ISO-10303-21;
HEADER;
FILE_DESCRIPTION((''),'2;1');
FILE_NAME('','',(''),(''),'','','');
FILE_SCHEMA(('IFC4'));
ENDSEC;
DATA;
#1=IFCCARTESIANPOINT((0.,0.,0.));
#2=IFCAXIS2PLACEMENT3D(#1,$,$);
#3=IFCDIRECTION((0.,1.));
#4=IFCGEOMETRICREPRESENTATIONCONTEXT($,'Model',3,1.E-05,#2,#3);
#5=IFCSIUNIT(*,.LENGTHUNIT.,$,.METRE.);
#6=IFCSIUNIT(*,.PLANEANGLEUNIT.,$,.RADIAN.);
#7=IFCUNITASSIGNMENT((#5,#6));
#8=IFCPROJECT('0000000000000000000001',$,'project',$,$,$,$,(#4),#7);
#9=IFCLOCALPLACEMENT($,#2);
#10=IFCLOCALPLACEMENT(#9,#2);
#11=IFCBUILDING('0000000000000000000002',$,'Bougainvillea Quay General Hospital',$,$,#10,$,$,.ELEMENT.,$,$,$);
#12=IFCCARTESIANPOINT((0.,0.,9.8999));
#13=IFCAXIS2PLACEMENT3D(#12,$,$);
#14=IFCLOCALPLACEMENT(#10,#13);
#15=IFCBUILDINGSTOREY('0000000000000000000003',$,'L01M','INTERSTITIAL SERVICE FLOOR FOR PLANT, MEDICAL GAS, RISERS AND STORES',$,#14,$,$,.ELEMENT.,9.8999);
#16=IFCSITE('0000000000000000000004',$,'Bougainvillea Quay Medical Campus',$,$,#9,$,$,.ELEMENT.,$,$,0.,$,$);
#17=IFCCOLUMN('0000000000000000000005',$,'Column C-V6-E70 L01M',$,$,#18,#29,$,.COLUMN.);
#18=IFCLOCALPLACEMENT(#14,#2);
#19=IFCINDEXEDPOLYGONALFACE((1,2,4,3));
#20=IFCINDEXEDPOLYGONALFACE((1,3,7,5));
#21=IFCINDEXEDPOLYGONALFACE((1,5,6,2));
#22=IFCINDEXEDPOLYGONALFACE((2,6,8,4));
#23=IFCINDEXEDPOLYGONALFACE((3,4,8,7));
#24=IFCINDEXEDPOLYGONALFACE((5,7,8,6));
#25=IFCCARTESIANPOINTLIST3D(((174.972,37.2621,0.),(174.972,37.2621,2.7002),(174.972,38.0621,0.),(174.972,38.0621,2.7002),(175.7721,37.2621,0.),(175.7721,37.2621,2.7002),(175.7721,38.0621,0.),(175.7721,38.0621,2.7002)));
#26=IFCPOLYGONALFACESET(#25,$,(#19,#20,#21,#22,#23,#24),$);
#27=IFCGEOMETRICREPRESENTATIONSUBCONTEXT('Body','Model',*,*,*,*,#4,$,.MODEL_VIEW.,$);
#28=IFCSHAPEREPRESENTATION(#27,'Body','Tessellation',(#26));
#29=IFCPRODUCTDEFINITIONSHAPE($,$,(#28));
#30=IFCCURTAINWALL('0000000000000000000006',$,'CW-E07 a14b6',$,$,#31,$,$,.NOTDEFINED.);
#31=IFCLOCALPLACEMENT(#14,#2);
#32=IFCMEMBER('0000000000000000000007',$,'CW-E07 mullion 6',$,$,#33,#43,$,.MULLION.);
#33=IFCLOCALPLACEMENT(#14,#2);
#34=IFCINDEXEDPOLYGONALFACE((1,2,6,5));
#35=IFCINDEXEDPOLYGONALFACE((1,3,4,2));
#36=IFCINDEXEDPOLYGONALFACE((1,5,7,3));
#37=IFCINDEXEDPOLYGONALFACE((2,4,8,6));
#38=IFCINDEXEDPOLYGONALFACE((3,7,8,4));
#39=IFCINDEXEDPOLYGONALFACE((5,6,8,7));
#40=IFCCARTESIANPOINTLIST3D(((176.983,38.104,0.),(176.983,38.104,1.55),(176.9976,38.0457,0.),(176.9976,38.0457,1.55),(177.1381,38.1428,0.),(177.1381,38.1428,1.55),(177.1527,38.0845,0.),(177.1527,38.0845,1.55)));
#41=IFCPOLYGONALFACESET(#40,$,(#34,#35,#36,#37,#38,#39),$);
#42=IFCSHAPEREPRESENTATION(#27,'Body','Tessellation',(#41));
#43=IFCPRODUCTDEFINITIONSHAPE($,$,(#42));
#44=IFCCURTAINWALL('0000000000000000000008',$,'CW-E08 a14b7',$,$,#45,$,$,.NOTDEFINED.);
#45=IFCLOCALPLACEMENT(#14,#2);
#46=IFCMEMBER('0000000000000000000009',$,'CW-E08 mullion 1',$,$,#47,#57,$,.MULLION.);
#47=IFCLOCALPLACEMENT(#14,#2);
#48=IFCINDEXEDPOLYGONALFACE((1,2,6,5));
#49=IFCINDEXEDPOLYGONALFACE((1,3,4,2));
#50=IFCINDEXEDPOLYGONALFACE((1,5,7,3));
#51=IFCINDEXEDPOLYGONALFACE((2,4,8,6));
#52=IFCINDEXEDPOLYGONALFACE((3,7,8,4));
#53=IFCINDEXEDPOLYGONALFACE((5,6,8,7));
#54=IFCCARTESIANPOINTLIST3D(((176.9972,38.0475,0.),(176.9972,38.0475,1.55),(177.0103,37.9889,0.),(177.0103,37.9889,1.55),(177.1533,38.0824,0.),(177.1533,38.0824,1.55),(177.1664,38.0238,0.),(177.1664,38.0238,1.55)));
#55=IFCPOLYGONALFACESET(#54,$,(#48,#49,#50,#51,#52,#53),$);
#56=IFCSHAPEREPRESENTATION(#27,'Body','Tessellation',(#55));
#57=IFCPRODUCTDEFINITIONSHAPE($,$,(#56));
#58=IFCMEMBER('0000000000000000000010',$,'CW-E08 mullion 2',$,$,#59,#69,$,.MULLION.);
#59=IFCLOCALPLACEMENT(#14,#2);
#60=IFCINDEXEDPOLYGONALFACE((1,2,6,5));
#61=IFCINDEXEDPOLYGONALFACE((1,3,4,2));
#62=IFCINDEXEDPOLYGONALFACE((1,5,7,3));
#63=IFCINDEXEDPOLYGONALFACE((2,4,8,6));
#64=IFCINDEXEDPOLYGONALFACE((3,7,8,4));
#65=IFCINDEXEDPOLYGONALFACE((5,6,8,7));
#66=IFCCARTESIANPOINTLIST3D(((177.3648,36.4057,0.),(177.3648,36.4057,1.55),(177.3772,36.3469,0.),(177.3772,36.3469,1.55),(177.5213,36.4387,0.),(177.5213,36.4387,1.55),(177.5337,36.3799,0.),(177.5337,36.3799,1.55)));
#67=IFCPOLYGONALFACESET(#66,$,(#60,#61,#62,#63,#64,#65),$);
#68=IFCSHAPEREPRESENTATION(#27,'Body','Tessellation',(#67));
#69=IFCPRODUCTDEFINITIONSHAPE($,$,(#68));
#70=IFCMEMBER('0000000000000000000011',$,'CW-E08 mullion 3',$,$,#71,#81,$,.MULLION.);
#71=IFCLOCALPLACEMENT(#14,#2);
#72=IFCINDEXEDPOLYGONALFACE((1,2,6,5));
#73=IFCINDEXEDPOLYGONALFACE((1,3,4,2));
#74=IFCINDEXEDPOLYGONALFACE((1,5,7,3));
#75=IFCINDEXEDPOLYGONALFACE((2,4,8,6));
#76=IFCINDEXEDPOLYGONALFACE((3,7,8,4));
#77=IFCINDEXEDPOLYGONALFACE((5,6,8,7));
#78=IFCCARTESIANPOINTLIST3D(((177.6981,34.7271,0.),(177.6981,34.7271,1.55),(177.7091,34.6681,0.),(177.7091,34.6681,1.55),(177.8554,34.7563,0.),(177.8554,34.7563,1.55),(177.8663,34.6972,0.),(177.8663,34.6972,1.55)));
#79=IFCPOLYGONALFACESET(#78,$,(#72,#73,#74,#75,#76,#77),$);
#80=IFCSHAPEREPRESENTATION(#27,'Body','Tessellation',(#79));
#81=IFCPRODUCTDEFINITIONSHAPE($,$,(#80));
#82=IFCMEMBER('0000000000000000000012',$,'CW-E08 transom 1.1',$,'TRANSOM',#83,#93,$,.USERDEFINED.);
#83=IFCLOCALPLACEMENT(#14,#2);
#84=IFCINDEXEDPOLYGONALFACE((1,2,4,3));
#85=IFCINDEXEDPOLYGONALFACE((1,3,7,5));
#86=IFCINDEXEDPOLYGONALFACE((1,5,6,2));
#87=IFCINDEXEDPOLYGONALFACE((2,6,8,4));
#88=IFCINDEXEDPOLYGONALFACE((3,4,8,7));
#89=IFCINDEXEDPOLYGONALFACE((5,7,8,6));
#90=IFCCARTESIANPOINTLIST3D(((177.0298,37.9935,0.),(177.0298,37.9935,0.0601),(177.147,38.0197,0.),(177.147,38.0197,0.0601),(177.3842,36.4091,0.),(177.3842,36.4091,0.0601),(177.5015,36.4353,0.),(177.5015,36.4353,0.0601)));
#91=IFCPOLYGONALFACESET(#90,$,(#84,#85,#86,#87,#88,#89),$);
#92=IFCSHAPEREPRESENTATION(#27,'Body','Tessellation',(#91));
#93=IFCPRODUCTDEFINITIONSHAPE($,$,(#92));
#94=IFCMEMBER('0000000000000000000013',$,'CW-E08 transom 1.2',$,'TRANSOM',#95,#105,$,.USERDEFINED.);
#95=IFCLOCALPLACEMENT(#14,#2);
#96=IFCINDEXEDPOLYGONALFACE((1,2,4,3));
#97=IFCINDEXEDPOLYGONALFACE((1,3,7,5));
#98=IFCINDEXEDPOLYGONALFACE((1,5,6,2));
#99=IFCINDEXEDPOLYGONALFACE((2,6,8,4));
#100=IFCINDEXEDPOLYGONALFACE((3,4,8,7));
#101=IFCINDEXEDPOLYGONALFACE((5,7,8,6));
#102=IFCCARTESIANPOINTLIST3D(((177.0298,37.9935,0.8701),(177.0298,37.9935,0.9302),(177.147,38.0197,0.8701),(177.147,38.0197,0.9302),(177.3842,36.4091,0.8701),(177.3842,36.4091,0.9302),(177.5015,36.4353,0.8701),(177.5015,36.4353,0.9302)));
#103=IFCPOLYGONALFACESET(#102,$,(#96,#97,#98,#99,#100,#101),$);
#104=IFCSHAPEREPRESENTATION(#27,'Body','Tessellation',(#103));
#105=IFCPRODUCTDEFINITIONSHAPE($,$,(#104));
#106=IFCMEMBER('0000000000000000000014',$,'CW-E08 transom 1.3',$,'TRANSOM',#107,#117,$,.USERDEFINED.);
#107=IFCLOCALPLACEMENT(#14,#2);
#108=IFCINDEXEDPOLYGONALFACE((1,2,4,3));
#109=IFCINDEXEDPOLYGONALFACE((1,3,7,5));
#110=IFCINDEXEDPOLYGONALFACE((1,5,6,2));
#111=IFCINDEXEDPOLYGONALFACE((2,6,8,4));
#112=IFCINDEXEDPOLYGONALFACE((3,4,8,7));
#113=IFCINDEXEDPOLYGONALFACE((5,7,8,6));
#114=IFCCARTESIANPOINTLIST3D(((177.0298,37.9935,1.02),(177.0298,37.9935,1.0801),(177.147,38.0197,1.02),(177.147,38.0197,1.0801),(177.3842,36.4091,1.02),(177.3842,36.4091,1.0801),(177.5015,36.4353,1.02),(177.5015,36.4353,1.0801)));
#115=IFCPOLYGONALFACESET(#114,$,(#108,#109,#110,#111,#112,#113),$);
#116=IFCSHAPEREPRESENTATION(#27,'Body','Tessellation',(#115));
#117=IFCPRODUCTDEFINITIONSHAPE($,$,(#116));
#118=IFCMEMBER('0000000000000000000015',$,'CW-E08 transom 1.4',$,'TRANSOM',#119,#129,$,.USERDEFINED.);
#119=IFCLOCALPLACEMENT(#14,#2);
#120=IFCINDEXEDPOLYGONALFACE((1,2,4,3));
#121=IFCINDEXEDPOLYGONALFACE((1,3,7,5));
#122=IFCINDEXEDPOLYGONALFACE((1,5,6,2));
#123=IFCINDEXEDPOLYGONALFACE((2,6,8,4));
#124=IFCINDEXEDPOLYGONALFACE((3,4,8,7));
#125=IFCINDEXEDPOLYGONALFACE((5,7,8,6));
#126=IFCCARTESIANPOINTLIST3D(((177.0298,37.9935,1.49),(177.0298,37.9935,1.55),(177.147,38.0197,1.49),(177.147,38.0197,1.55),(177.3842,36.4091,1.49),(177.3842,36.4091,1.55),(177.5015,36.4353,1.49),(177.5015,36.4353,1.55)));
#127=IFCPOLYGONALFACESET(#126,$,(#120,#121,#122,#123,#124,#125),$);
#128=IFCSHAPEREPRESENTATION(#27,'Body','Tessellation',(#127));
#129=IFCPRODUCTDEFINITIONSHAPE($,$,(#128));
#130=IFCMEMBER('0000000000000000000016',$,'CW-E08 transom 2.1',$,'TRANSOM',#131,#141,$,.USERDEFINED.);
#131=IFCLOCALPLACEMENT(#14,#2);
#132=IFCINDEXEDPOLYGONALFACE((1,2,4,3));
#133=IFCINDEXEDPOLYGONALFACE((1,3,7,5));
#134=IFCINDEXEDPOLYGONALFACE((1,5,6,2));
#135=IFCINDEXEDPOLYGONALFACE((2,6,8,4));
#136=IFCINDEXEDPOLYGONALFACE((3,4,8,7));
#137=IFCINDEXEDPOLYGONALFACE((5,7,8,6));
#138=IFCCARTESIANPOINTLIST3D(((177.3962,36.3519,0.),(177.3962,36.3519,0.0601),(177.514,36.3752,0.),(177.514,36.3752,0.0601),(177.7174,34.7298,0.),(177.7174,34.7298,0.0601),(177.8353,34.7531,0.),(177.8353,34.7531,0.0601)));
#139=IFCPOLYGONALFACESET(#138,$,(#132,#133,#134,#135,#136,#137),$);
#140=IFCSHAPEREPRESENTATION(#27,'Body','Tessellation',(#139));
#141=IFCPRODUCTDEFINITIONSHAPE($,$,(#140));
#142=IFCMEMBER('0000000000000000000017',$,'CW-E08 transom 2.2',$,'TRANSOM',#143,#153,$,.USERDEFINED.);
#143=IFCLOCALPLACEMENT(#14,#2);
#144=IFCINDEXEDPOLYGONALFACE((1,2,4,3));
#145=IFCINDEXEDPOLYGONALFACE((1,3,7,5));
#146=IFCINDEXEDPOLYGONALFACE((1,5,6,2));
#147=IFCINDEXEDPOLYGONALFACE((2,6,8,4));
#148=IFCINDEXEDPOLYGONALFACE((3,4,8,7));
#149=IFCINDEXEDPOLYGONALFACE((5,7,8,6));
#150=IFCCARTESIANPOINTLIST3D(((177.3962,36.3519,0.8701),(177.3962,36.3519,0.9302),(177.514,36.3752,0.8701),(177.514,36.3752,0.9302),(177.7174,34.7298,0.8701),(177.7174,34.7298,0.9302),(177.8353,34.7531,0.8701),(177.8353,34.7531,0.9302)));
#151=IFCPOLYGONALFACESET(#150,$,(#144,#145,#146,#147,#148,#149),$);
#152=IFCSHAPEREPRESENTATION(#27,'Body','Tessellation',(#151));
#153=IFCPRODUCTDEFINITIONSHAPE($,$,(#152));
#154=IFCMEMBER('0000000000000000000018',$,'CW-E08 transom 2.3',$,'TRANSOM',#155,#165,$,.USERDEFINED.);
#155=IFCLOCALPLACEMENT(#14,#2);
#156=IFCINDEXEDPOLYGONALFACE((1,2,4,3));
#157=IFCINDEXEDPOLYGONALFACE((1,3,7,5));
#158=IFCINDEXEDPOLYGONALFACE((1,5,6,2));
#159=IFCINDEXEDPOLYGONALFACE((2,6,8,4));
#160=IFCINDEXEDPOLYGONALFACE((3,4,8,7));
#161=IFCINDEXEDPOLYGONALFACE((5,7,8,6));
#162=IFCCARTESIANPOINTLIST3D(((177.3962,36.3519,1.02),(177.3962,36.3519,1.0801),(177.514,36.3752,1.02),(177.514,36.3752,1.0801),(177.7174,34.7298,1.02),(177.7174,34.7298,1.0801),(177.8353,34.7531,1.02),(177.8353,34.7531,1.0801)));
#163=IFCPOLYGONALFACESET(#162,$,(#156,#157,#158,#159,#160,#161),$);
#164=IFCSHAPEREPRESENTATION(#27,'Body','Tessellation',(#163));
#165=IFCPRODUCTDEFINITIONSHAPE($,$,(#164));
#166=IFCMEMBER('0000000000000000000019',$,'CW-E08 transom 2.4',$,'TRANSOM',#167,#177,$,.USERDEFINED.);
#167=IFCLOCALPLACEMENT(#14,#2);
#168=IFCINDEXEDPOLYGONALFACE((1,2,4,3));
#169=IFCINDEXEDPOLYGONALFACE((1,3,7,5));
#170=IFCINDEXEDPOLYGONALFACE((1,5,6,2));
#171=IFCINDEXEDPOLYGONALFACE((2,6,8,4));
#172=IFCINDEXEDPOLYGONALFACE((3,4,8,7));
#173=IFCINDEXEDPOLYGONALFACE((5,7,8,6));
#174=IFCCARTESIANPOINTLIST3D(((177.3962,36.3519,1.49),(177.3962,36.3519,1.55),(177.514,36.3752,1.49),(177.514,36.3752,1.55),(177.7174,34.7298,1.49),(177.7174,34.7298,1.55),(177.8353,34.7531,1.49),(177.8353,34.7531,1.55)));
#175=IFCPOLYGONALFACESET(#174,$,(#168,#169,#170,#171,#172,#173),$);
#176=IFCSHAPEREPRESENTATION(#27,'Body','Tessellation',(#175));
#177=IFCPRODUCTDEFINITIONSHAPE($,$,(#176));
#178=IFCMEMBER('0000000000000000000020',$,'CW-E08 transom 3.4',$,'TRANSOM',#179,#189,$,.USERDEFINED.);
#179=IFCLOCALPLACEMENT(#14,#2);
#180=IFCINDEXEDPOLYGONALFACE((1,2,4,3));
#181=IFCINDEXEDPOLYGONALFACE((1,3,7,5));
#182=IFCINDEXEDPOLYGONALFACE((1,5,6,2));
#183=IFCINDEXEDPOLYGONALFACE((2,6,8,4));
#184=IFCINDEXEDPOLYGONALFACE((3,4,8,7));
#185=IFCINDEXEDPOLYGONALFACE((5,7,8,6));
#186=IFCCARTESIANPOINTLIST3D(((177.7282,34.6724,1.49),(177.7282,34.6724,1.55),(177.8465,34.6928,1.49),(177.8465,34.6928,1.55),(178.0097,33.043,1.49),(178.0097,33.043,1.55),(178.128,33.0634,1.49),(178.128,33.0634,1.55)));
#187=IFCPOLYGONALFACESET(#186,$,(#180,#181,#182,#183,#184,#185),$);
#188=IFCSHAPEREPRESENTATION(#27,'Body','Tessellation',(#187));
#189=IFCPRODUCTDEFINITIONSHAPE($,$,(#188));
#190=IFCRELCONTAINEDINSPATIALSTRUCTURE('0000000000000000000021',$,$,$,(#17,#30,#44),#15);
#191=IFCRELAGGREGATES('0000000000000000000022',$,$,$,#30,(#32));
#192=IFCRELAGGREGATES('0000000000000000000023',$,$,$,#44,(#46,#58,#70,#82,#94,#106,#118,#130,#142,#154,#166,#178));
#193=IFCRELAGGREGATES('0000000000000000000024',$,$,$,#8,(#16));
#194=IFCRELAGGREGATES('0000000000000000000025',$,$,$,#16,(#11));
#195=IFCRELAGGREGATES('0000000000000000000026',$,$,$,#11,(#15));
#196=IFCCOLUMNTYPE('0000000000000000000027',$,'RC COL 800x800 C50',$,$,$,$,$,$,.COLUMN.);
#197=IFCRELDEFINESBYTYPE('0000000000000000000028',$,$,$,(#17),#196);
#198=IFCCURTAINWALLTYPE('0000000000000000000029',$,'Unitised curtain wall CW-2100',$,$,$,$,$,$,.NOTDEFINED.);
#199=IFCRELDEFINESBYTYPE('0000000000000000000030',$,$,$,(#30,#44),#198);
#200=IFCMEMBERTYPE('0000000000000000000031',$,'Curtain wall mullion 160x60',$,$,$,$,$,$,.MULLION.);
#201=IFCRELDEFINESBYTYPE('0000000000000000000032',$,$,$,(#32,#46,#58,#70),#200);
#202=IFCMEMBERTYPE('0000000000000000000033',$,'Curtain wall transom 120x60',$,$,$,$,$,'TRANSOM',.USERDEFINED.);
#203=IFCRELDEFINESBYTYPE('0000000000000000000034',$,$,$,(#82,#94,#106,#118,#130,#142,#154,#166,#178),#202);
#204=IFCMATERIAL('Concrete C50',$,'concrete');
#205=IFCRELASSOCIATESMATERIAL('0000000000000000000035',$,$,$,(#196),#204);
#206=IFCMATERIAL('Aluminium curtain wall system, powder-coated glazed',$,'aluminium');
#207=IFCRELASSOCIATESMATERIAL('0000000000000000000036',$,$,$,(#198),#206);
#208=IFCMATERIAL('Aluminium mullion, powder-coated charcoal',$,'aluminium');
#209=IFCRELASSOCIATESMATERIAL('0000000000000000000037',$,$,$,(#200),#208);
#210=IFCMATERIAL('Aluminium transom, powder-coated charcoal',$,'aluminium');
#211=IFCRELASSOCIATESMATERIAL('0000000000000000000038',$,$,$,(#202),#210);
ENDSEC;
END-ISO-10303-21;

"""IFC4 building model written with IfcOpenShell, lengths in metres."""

from ifc_helpers import new_model, si_unit, direction, frame, origin, origin_2d, place, context, subcontext, project, spatial, rectangle, extrude, material, material_profile, profile_set, type_object, element, aggregate, save


model = new_model("IFC4")

# Units and contexts
model_context = context("Model", 3, precision=1e-05, world=origin(), true_north=direction((0.0, 1.0)))
body_context = subcontext(model_context, "Body", "Model", "MODEL_VIEW")
ifc_project = project(units=[si_unit("LENGTHUNIT", "METRE"), si_unit("PLANEANGLEUNIT", "RADIAN")], contexts=[model_context])

# Site, building, storey
site_placement = place(None, origin())
site = spatial("IfcSite", under=ifc_project, at=site_placement, Name="Bougainvillea Quay Medical Campus", CompositionType="ELEMENT", RefElevation=0.0)
building_placement = place(site_placement, origin())
building = spatial("IfcBuilding", under=site, at=building_placement, Name="Bougainvillea Quay General Hospital", CompositionType="ELEMENT")
storey_placement = place(building_placement, frame((0.0, 0.0, 9.8999)))
storey = spatial("IfcBuildingStorey", under=building, at=storey_placement, Name="L01M", Description="INTERSTITIAL SERVICE FLOOR FOR PLANT, MEDICAL GAS, RISERS AND STORES", CompositionType="ELEMENT", Elevation=9.8999)

# Column
ifc_material_1 = material(Name="Concrete C50", Category="concrete")
ifc_material_profile_1 = material_profile(ifc_material_1, rectangle(XDim=0.8, YDim=0.8, at=origin_2d()))
ifc_profile_set_1 = profile_set([ifc_material_profile_1], Name="Concrete C50")
column_type = type_object("IfcColumnType", Name="RC COL 800x800 C50", PredefinedType="COLUMN", material=ifc_profile_set_1)
column_placement = place(storey_placement, frame((175.3721, 37.6621, 0.0), z_axis=(0.0, 0.0, 1.0), x_axis=(1.0, 0.0, 0.0)))
element("IfcColumn", 1, at=column_placement, inside=storey, type_object=column_type, Name="Column C-V6-E70 L01M", PredefinedType="COLUMN", context=body_context, shape_type="SweptSolid", body=[
    extrude(rectangle(XDim=0.8, YDim=0.8, at=origin_2d()), origin(), (0.0, 0.0, 1.0), 2.7002),
])

# Curtain wall, member
ifc_material_2 = material(Name="Aluminium curtain wall system, powder-coated glazed", Category="aluminium")
curtain_wall_type = type_object("IfcCurtainWallType", Name="Unitised curtain wall CW-2100", PredefinedType="NOTDEFINED", material=ifc_material_2)
curtain_wall_1_placement = place(storey_placement, origin())
curtain_wall_1 = element("IfcCurtainWall", 2, at=curtain_wall_1_placement, inside=storey, type_object=curtain_wall_type, Name="CW-E07 a14b6", PredefinedType="NOTDEFINED")
ifc_material_3 = material(Name="Aluminium mullion, powder-coated charcoal", Category="aluminium")
ifc_material_profile_2 = material_profile(ifc_material_3, rectangle(XDim=0.1599, YDim=0.0601, at=origin_2d()))
ifc_profile_set_2 = profile_set([ifc_material_profile_2], Name="Aluminium mullion, powder-coated charcoal")
member_type_1 = type_object("IfcMemberType", Name="Curtain wall mullion 160x60", PredefinedType="MULLION", material=ifc_profile_set_2)
member_1_placement = place(storey_placement, frame((177.0679, 38.0942, 0.0), z_axis=(0.0, 0.0, 1.0), x_axis=(0.970096, 0.242721, 0.0)))
member_1 = element("IfcMember", 3, at=member_1_placement, type_object=member_type_1, Name="CW-E07 mullion 6", PredefinedType="MULLION", context=body_context, shape_type="SweptSolid", body=[
    extrude(rectangle(XDim=0.1599, YDim=0.0601, at=origin_2d()), origin(), (0.0, 0.0, 1.0), 1.55),
])
aggregate(curtain_wall_1, [member_1])

# Curtain wall, members
curtain_wall_2_placement = place(storey_placement, origin())
curtain_wall_2 = element("IfcCurtainWall", 4, at=curtain_wall_2_placement, inside=storey, type_object=curtain_wall_type, Name="CW-E08 a14b7", PredefinedType="NOTDEFINED")
member_2_placement = place(storey_placement, frame((177.0818, 38.0356, 0.0), z_axis=(0.0, 0.0, 1.0), x_axis=(0.97587, 0.218351, 0.0)))
member_2 = element("IfcMember", 5, at=member_2_placement, type_object=member_type_1, Name="CW-E08 mullion 1", PredefinedType="MULLION", context=body_context, shape_type="SweptSolid", body=[
    extrude(rectangle(XDim=0.1599, YDim=0.0601, at=origin_2d()), origin(), (0.0, 0.0, 1.0), 1.55),
])
member_3_placement = place(storey_placement, frame((177.4492, 36.3928, 0.0), z_axis=(0.0, 0.0, 1.0), x_axis=(0.978479, 0.206349, 0.0)))
member_3 = element("IfcMember", 6, at=member_3_placement, type_object=member_type_1, Name="CW-E08 mullion 2", PredefinedType="MULLION", context=body_context, shape_type="SweptSolid", body=[
    extrude(rectangle(XDim=0.1599, YDim=0.0601, at=origin_2d()), origin(), (0.0, 0.0, 1.0), 1.55),
])
member_4_placement = place(storey_placement, frame((177.7822, 34.7122, 0.0), z_axis=(0.0, 0.0, 1.0), x_axis=(0.983252, 0.182251, 0.0)))
member_4 = element("IfcMember", 7, at=member_4_placement, type_object=member_type_1, Name="CW-E08 mullion 3", PredefinedType="MULLION", context=body_context, shape_type="SweptSolid", body=[
    extrude(rectangle(XDim=0.1599, YDim=0.0601, at=origin_2d()), origin(), (0.0, 0.0, 1.0), 1.55),
])
ifc_material_4 = material(Name="Aluminium transom, powder-coated charcoal", Category="aluminium")
ifc_material_profile_3 = material_profile(ifc_material_4, rectangle(XDim=0.1201, YDim=0.0601, at=origin_2d()))
ifc_profile_set_3 = profile_set([ifc_material_profile_3], Name="Aluminium transom, powder-coated charcoal")
member_type_2 = type_object("IfcMemberType", Name="Curtain wall transom 120x60", ElementType="TRANSOM", PredefinedType="USERDEFINED", material=ifc_profile_set_3)
member_5_placement = place(storey_placement, frame((177.0884, 38.0066, 0.03), z_axis=(0.218331, -0.975875, 0.0), x_axis=(0.975875, 0.218331, 0.0)))
member_5 = element("IfcMember", 8, at=member_5_placement, type_object=member_type_2, Name="CW-E08 transom 1.1", ObjectType="TRANSOM", PredefinedType="USERDEFINED", context=body_context, shape_type="SweptSolid", body=[
    extrude(rectangle(XDim=0.1201, YDim=0.0601, at=origin_2d()), origin(), (0.0, 0.0, 1.0), 1.6235),
])
member_6_placement = place(storey_placement, frame((177.0884, 38.0066, 0.9001), z_axis=(0.218331, -0.975875, 0.0), x_axis=(0.975875, 0.218331, 0.0)))
member_6 = element("IfcMember", 9, at=member_6_placement, type_object=member_type_2, Name="CW-E08 transom 1.2", ObjectType="TRANSOM", PredefinedType="USERDEFINED", context=body_context, shape_type="SweptSolid", body=[
    extrude(rectangle(XDim=0.1201, YDim=0.0601, at=origin_2d()), origin(), (0.0, 0.0, 1.0), 1.6235),
])
member_7_placement = place(storey_placement, frame((177.0884, 38.0066, 1.05), z_axis=(0.218331, -0.975875, 0.0), x_axis=(0.975875, 0.218331, 0.0)))
member_7 = element("IfcMember", 10, at=member_7_placement, type_object=member_type_2, Name="CW-E08 transom 1.3", ObjectType="TRANSOM", PredefinedType="USERDEFINED", context=body_context, shape_type="SweptSolid", body=[
    extrude(rectangle(XDim=0.1201, YDim=0.0601, at=origin_2d()), origin(), (0.0, 0.0, 1.0), 1.6235),
])
member_8_placement = place(storey_placement, frame((177.0884, 38.0066, 1.52), z_axis=(0.218331, -0.975875, 0.0), x_axis=(0.975875, 0.218331, 0.0)))
member_8 = element("IfcMember", 11, at=member_8_placement, type_object=member_type_2, Name="CW-E08 transom 1.4", ObjectType="TRANSOM", PredefinedType="USERDEFINED", context=body_context, shape_type="SweptSolid", body=[
    extrude(rectangle(XDim=0.1201, YDim=0.0601, at=origin_2d()), origin(), (0.0, 0.0, 1.0), 1.6235),
])
member_9_placement = place(storey_placement, frame((177.4551, 36.3635, 0.03), z_axis=(0.194299, -0.980942, 0.0), x_axis=(0.980942, 0.194299, 0.0)))
member_9 = element("IfcMember", 12, at=member_9_placement, type_object=member_type_2, Name="CW-E08 transom 2.1", ObjectType="TRANSOM", PredefinedType="USERDEFINED", context=body_context, shape_type="SweptSolid", body=[
    extrude(rectangle(XDim=0.1201, YDim=0.0601, at=origin_2d()), origin(), (0.0, 0.0, 1.0), 1.6536),
])
member_10_placement = place(storey_placement, frame((177.4551, 36.3635, 0.9001), z_axis=(0.194299, -0.980942, 0.0), x_axis=(0.980942, 0.194299, 0.0)))
member_10 = element("IfcMember", 13, at=member_10_placement, type_object=member_type_2, Name="CW-E08 transom 2.2", ObjectType="TRANSOM", PredefinedType="USERDEFINED", context=body_context, shape_type="SweptSolid", body=[
    extrude(rectangle(XDim=0.1201, YDim=0.0601, at=origin_2d()), origin(), (0.0, 0.0, 1.0), 1.6536),
])
member_11_placement = place(storey_placement, frame((177.4551, 36.3635, 1.05), z_axis=(0.194299, -0.980942, 0.0), x_axis=(0.980942, 0.194299, 0.0)))
member_11 = element("IfcMember", 14, at=member_11_placement, type_object=member_type_2, Name="CW-E08 transom 2.3", ObjectType="TRANSOM", PredefinedType="USERDEFINED", context=body_context, shape_type="SweptSolid", body=[
    extrude(rectangle(XDim=0.1201, YDim=0.0601, at=origin_2d()), origin(), (0.0, 0.0, 1.0), 1.6536),
])
member_12_placement = place(storey_placement, frame((177.4551, 36.3635, 1.52), z_axis=(0.194299, -0.980942, 0.0), x_axis=(0.980942, 0.194299, 0.0)))
member_12 = element("IfcMember", 15, at=member_12_placement, type_object=member_type_2, Name="CW-E08 transom 2.4", ObjectType="TRANSOM", PredefinedType="USERDEFINED", context=body_context, shape_type="SweptSolid", body=[
    extrude(rectangle(XDim=0.1201, YDim=0.0601, at=origin_2d()), origin(), (0.0, 0.0, 1.0), 1.6536),
])
member_13_placement = place(storey_placement, frame((177.7874, 34.6826, 1.52), z_axis=(0.170238, -0.985403, 0.0), x_axis=(0.985403, 0.170238, 0.0)))
member_13 = element("IfcMember", 16, at=member_13_placement, type_object=member_type_2, Name="CW-E08 transom 3.4", ObjectType="TRANSOM", PredefinedType="USERDEFINED", context=body_context, shape_type="SweptSolid", body=[
    extrude(rectangle(XDim=0.1201, YDim=0.0601, at=origin_2d()), origin(), (0.0, 0.0, 1.0), 1.6536),
])
aggregate(curtain_wall_2, [member_2, member_3, member_4, member_5, member_6, member_7, member_8, member_9, member_10, member_11, member_12, member_13])

save(model, "model.ifc")
